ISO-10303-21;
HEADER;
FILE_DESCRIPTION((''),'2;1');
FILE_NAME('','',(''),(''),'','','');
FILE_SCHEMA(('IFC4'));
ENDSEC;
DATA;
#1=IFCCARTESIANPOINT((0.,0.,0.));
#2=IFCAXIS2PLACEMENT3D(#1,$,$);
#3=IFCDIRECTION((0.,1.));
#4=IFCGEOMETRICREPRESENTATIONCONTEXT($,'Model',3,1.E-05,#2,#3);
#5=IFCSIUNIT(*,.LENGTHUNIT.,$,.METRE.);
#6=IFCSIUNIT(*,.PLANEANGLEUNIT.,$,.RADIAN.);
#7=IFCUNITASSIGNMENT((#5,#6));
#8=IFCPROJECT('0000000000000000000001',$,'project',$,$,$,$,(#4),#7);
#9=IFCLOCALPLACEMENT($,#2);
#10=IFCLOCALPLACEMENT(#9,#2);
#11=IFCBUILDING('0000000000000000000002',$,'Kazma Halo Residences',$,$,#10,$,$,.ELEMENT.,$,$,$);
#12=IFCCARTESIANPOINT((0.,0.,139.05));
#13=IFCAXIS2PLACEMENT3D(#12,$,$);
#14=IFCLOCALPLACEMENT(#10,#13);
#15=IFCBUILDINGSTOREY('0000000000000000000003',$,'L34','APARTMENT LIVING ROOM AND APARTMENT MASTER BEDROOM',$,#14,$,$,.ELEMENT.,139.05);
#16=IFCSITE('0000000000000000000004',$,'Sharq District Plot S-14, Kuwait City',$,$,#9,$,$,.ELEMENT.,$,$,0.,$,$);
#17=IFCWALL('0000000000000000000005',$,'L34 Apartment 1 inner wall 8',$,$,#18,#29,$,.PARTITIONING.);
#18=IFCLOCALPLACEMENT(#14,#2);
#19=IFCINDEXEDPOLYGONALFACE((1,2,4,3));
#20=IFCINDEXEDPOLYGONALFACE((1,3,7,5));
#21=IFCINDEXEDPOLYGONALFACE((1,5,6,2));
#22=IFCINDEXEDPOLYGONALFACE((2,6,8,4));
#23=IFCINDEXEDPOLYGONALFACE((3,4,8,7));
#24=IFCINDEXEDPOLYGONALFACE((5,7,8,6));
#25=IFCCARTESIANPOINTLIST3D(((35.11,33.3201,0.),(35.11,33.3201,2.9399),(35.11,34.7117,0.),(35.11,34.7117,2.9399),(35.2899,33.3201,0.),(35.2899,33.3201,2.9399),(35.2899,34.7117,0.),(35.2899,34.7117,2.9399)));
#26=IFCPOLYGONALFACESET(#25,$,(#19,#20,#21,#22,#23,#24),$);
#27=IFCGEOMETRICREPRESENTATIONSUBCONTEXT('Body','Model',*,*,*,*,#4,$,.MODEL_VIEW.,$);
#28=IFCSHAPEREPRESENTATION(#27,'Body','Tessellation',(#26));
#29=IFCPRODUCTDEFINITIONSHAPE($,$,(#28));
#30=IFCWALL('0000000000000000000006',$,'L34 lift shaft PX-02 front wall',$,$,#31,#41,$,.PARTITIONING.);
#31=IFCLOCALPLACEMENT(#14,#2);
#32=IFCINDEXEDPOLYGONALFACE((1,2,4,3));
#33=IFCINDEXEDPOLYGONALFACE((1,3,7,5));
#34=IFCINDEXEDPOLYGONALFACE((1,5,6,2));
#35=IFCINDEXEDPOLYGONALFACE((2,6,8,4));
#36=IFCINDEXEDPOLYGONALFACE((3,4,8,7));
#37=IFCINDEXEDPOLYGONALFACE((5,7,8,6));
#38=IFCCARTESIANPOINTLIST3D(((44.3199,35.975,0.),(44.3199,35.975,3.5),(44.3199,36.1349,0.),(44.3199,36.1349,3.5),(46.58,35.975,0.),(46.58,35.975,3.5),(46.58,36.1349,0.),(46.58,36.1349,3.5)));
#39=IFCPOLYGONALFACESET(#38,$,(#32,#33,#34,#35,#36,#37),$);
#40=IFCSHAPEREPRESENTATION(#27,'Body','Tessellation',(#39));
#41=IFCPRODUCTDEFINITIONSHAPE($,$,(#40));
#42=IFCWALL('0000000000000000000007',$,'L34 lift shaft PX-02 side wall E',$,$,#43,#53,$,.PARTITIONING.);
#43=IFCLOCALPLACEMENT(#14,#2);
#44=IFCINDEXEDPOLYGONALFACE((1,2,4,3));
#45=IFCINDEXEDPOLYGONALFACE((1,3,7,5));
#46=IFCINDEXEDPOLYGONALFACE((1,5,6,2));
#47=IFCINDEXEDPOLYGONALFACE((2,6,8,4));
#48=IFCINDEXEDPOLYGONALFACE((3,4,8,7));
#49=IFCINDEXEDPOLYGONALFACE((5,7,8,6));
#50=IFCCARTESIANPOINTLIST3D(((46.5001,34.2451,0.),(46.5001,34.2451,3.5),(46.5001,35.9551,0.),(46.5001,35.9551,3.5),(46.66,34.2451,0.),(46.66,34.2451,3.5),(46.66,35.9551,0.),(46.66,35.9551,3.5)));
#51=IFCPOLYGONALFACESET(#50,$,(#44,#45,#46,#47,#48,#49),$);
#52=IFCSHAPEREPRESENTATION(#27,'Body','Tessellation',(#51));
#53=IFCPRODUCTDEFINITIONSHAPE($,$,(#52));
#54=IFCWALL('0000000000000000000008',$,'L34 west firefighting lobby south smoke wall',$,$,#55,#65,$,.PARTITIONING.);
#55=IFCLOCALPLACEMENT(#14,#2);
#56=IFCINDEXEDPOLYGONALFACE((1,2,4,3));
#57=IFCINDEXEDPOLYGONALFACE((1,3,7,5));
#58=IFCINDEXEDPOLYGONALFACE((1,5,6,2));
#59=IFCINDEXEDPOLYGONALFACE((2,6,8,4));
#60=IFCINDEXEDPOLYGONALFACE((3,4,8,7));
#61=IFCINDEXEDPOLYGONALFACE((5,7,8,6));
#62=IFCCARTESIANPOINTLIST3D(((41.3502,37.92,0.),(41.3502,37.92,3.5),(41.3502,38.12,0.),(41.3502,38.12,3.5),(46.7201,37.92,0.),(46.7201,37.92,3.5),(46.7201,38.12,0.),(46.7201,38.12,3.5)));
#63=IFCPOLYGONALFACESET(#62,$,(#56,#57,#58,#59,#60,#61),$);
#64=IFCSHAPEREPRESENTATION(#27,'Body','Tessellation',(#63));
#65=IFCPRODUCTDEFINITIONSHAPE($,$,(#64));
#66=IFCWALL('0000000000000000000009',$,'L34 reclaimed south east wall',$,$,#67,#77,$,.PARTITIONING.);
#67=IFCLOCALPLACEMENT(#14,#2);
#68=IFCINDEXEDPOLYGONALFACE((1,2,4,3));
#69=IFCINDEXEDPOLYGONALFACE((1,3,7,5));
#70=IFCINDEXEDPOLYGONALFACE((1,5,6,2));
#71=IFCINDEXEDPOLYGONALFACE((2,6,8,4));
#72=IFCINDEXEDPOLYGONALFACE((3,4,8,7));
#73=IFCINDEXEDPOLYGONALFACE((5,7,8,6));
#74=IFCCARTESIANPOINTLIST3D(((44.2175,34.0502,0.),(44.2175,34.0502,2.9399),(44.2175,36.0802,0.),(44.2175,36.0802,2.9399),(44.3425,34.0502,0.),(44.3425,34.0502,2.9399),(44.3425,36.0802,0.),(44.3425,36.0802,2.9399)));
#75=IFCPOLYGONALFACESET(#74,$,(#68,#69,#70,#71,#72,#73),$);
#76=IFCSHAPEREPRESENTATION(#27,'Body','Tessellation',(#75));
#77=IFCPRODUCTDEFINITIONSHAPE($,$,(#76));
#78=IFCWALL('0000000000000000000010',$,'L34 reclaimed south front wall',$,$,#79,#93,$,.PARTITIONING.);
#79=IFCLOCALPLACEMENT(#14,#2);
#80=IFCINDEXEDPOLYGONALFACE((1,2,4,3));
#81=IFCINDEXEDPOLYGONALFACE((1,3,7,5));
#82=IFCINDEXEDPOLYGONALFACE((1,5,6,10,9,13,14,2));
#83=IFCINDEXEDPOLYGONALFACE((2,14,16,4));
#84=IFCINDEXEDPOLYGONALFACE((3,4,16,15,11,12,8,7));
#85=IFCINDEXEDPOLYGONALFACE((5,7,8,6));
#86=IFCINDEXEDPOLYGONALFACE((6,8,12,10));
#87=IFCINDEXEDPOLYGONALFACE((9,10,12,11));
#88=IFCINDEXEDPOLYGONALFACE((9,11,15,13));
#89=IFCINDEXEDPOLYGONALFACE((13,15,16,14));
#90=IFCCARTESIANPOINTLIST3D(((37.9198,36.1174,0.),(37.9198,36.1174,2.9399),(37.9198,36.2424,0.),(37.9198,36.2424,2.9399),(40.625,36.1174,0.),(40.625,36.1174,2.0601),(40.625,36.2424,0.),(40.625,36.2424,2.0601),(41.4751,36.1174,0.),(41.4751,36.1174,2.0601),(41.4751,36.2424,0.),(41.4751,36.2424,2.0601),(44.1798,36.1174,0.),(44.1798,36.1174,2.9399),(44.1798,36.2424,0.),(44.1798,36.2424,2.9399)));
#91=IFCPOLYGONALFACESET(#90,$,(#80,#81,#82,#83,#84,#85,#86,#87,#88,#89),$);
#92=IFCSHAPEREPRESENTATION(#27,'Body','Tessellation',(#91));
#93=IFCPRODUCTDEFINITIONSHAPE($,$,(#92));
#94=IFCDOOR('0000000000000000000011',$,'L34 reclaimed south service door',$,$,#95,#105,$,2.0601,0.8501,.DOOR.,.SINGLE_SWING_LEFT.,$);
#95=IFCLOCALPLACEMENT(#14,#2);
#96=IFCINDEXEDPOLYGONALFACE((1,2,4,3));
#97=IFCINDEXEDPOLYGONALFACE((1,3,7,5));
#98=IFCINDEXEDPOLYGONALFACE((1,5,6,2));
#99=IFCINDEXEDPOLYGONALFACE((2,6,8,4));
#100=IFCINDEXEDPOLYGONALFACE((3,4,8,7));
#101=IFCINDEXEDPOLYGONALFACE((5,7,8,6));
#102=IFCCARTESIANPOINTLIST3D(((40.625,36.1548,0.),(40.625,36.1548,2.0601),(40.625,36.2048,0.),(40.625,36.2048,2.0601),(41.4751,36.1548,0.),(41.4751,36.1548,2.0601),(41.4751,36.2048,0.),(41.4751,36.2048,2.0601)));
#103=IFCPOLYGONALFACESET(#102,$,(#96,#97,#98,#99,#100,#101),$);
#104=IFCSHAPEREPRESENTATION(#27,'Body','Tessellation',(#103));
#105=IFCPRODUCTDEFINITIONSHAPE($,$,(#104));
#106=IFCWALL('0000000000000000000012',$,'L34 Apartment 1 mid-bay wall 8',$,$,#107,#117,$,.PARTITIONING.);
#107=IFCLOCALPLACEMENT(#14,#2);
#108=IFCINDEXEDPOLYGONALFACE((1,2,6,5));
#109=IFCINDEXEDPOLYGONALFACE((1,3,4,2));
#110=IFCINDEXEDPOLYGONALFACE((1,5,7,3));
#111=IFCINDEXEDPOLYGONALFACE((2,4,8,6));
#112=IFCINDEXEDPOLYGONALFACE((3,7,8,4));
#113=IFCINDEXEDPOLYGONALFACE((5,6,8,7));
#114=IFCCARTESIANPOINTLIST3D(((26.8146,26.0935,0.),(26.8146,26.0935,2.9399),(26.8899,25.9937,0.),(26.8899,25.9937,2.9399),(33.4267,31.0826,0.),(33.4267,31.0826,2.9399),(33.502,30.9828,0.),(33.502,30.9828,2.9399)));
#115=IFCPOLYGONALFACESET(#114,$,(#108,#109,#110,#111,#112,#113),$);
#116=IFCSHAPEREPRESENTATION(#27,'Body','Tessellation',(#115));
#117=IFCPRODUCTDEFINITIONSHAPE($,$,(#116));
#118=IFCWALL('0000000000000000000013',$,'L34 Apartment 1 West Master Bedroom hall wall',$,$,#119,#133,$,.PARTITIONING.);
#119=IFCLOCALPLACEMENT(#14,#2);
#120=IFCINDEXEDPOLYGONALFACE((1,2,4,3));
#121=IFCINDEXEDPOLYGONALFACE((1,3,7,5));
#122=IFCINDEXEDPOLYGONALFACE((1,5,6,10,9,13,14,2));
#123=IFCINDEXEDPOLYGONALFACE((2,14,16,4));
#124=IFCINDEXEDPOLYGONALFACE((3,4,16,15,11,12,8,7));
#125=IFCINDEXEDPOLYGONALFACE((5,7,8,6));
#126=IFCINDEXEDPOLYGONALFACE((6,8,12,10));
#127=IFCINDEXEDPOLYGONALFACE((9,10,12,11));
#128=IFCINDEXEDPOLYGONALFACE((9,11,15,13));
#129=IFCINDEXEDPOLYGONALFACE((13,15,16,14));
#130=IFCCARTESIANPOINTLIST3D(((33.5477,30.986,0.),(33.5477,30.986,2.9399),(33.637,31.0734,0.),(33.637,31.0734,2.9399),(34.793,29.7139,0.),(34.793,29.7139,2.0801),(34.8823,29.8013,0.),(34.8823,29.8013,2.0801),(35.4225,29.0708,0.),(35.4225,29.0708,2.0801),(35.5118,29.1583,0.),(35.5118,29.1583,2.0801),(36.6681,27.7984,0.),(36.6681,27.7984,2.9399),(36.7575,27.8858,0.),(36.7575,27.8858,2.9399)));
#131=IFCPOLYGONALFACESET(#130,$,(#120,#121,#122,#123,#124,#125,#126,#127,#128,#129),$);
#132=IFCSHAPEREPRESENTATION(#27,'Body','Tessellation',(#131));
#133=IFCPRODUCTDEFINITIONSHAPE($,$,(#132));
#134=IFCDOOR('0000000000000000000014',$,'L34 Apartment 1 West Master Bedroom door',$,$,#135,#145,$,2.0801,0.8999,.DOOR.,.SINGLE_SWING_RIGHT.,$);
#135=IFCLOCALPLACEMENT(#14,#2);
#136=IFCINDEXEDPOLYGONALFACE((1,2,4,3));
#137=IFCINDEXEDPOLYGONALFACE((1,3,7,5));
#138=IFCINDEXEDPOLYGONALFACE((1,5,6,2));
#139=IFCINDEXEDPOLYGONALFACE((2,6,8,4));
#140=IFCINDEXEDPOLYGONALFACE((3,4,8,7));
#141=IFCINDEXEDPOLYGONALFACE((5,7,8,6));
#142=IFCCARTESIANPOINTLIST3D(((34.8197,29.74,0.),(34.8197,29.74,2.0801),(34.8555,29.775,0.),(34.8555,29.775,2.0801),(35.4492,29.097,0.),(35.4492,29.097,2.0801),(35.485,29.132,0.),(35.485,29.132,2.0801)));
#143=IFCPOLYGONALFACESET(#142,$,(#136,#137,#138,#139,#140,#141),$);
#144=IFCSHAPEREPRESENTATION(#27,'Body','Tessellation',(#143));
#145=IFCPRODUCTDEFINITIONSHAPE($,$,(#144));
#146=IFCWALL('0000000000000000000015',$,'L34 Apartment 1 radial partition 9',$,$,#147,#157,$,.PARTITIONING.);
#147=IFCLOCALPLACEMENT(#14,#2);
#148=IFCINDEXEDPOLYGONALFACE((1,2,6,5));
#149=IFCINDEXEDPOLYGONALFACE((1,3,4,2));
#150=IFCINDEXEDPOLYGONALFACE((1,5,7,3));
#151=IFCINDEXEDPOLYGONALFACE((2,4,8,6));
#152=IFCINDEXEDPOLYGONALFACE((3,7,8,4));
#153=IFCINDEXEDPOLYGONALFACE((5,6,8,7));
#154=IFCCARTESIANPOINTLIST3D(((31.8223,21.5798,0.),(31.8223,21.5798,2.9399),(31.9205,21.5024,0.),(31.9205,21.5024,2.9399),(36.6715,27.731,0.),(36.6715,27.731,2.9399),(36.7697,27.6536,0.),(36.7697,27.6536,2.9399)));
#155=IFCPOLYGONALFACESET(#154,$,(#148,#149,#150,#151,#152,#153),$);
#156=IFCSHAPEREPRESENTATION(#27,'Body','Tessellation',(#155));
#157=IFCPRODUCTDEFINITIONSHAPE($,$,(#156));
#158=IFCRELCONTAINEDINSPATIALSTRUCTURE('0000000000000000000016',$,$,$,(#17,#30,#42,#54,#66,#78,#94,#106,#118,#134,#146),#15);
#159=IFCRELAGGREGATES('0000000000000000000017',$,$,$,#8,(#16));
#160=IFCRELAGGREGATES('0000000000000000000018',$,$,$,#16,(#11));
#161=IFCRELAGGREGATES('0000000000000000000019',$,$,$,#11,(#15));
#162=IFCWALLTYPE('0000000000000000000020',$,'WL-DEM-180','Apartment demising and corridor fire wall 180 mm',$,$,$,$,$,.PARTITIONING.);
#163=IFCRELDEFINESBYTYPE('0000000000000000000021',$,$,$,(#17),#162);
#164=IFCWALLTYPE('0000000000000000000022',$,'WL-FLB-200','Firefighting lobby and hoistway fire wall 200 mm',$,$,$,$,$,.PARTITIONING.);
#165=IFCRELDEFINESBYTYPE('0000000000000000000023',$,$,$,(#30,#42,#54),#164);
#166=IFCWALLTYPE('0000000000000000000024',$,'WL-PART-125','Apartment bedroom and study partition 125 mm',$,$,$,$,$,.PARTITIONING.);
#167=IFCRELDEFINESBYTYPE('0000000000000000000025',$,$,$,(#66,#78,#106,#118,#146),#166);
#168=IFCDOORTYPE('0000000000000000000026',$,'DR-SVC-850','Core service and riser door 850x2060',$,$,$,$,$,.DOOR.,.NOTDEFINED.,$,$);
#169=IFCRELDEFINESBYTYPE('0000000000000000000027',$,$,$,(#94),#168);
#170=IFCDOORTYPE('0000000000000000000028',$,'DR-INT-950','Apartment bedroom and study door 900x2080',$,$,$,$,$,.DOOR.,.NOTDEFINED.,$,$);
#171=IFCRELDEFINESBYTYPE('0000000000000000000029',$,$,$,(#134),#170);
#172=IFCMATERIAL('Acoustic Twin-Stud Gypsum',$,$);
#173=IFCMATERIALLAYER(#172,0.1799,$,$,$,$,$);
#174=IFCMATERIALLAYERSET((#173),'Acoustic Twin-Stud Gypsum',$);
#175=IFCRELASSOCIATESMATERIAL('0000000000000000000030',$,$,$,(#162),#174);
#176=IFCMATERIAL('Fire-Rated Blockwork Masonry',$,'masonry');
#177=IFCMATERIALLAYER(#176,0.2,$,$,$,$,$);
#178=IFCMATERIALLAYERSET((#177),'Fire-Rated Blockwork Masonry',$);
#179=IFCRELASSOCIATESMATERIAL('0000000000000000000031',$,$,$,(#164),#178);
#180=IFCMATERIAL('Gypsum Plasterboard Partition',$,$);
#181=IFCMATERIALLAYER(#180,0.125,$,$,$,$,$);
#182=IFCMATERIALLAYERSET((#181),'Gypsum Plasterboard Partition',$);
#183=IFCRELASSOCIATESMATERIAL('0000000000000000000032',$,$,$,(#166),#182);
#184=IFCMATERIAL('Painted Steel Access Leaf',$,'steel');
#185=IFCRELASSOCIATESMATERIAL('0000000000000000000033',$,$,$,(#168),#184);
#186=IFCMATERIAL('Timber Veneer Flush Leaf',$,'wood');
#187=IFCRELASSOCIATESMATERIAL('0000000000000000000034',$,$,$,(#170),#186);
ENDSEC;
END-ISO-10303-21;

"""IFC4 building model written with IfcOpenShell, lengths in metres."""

from ifc_helpers import new_model, si_unit, direction, frame, frame_2d, origin, place, context, subcontext, project, spatial, rectangle, extrude, material, layer, layer_set, type_object, element, fill, save


model = new_model("IFC4")

# Units and contexts
model_context = context("Model", 3, precision=1e-05, world=origin(), true_north=direction((0.0, 1.0)))
body_context = subcontext(model_context, "Body", "Model", "MODEL_VIEW")
ifc_project = project(units=[si_unit("LENGTHUNIT", "METRE"), si_unit("PLANEANGLEUNIT", "RADIAN")], contexts=[model_context])

# Site, building, storey
site_placement = place(None, origin())
site = spatial("IfcSite", under=ifc_project, at=site_placement, Name="Sharq District Plot S-14, Kuwait City", CompositionType="ELEMENT", RefElevation=0.0)
building_placement = place(site_placement, origin())
building = spatial("IfcBuilding", under=site, at=building_placement, Name="Kazma Halo Residences", CompositionType="ELEMENT")
storey_placement = place(building_placement, frame((0.0, 0.0, 139.05)))
storey = spatial("IfcBuildingStorey", under=building, at=storey_placement, Name="L34", Description="APARTMENT LIVING ROOM AND APARTMENT MASTER BEDROOM", CompositionType="ELEMENT", Elevation=139.05)

# Walls
ifc_material_1 = material(Name="Acoustic Twin-Stud Gypsum")
ifc_layer_1 = layer(ifc_material_1, 0.1799)
ifc_layer_set_1 = layer_set([ifc_layer_1], Name="Acoustic Twin-Stud Gypsum")
wall_type_1 = type_object("IfcWallType", Name="WL-DEM-180", Description="Apartment demising and corridor fire wall 180 mm", PredefinedType="PARTITIONING", material=ifc_layer_set_1)
wall_1_placement = place(storey_placement, frame((35.2, 34.7117, 0.0), z_axis=(0.0, 0.0, 1.0), x_axis=(0.0, -1.0, 0.0)))
element("IfcWall", 1, at=wall_1_placement, inside=storey, type_object=wall_type_1, Name="L34 Apartment 1 inner wall 8", PredefinedType="PARTITIONING", context=body_context, shape_type="SweptSolid", body=[
    extrude(rectangle(XDim=1.3916, YDim=0.1799, at=frame_2d((0.6958, 0.0))), origin(), (0.0, 0.0, 1.0), 2.9399),
])
ifc_material_2 = material(Name="Fire-Rated Blockwork Masonry", Category="masonry")
ifc_layer_2 = layer(ifc_material_2, 0.2)
ifc_layer_set_2 = layer_set([ifc_layer_2], Name="Fire-Rated Blockwork Masonry")
wall_type_2 = type_object("IfcWallType", Name="WL-FLB-200", Description="Firefighting lobby and hoistway fire wall 200 mm", PredefinedType="PARTITIONING", material=ifc_layer_set_2)
wall_2_placement = place(storey_placement, frame((44.3201, 36.0549, 0.0), z_axis=(0.0, 0.0, 1.0), x_axis=(1.0, 0.0, 0.0)))
element("IfcWall", 2, at=wall_2_placement, inside=storey, type_object=wall_type_2, Name="L34 lift shaft PX-02 front wall", PredefinedType="PARTITIONING", context=body_context, shape_type="SweptSolid", body=[
    extrude(rectangle(XDim=2.26, YDim=0.1599, at=frame_2d((1.1299, 0.0))), origin(), (0.0, 0.0, 1.0), 3.5),
])
wall_3_placement = place(storey_placement, frame((46.5801, 34.2451, 0.0), z_axis=(0.0, 0.0, 1.0), x_axis=(0.0, 1.0, 0.0)))
element("IfcWall", 3, at=wall_3_placement, inside=storey, type_object=wall_type_2, Name="L34 lift shaft PX-02 side wall E", PredefinedType="PARTITIONING", context=body_context, shape_type="SweptSolid", body=[
    extrude(rectangle(XDim=1.71, YDim=0.1599, at=frame_2d((0.855, 0.0))), origin(), (0.0, 0.0, 1.0), 3.5),
])
wall_4_placement = place(storey_placement, frame((41.3501, 38.02, 0.0), z_axis=(0.0, 0.0, 1.0), x_axis=(1.0, 0.0, 0.0)))
element("IfcWall", 4, at=wall_4_placement, inside=storey, type_object=wall_type_2, Name="L34 west firefighting lobby south smoke wall", PredefinedType="PARTITIONING", context=body_context, shape_type="SweptSolid", body=[
    extrude(rectangle(XDim=5.3699, YDim=0.2, at=frame_2d((2.6851, 0.0))), origin(), (0.0, 0.0, 1.0), 3.5),
])
ifc_material_3 = material(Name="Gypsum Plasterboard Partition")
ifc_layer_3 = layer(ifc_material_3, 0.125)
ifc_layer_set_3 = layer_set([ifc_layer_3], Name="Gypsum Plasterboard Partition")
wall_type_3 = type_object("IfcWallType", Name="WL-PART-125", Description="Apartment bedroom and study partition 125 mm", PredefinedType="PARTITIONING", material=ifc_layer_set_3)
wall_5_placement = place(storey_placement, frame((44.28, 34.05, 0.0), z_axis=(0.0, 0.0, 1.0), x_axis=(0.0, 1.0, 0.0)))
element("IfcWall", 5, at=wall_5_placement, inside=storey, type_object=wall_type_3, Name="L34 reclaimed south east wall", PredefinedType="PARTITIONING", context=body_context, shape_type="SweptSolid", body=[
    extrude(rectangle(XDim=2.03, YDim=0.125, at=frame_2d((1.0151, 0.0))), origin(), (0.0, 0.0, 1.0), 2.9399),
])

# Wall, opening, door
wall_6_placement = place(storey_placement, frame((37.9199, 36.1799, 0.0), z_axis=(0.0, 0.0, 1.0), x_axis=(1.0, 0.0, 0.0)))
wall_6 = element("IfcWall", 6, at=wall_6_placement, inside=storey, type_object=wall_type_3, Name="L34 reclaimed south front wall", PredefinedType="PARTITIONING", context=body_context, shape_type="SweptSolid", body=[
    extrude(rectangle(XDim=6.26, YDim=0.125, at=frame_2d((3.1299, 0.0))), origin(), (0.0, 0.0, 1.0), 2.9399),
])
opening_1_placement = place(wall_6_placement, frame((2.7051, 0.0, 0.0)))
opening_1 = element("IfcOpeningElement", 7, at=opening_1_placement, cuts=wall_6, PredefinedType="OPENING", context=body_context, shape_type="SweptSolid", body=[
    extrude(rectangle(XDim=0.8501, YDim=2.0601, at=frame_2d((0.425, 1.03))), frame((0.0, 0.0725, 0.0), z_axis=(0.0, -1.0, 0.0), x_axis=(1.0, 0.0, 0.0)), (0.0, 0.0, 1.0), 0.145),
])
ifc_material_4 = material(Name="Painted Steel Access Leaf", Category="steel")
door_type_1 = type_object("IfcDoorType", Name="DR-SVC-850", Description="Core service and riser door 850x2060", OperationType="NOTDEFINED", PredefinedType="DOOR", material=ifc_material_4)
door_1_placement = place(opening_1_placement, origin())
door_1 = element("IfcDoor", 8, at=door_1_placement, inside=storey, type_object=door_type_1, Name="L34 reclaimed south service door", OperationType="SINGLE_SWING_LEFT", OverallHeight=2.0601, OverallWidth=0.8501, PredefinedType="DOOR", context=body_context, shape_type="SweptSolid", body=[
    extrude(rectangle(XDim=0.8501, YDim=2.0601, at=frame_2d((0.425, 1.03))), frame((0.0, 0.0249, 0.0), z_axis=(0.0, -1.0, 0.0), x_axis=(1.0, 0.0, 0.0)), (0.0, 0.0, 1.0), 0.05),
])
fill(opening_1, door_1)

# Wall
wall_7_placement = place(storey_placement, frame((33.4644, 31.0327, 0.0), z_axis=(0.0, 0.0, 1.0), x_axis=(-0.79826, -0.602313, 0.0)))
element("IfcWall", 9, at=wall_7_placement, inside=storey, type_object=wall_type_3, Name="L34 Apartment 1 mid-bay wall 8", PredefinedType="PARTITIONING", context=body_context, shape_type="SweptSolid", body=[
    extrude(rectangle(XDim=8.2832, YDim=0.125, at=frame_2d((4.1416, 0.0))), origin(), (0.0, 0.0, 1.0), 2.9399),
])

# Wall, opening, door
wall_8_placement = place(storey_placement, frame((33.5923, 31.0298, 0.0), z_axis=(0.0, 0.0, 1.0), x_axis=(0.699541, -0.714593, 0.0)))
wall_8 = element("IfcWall", 10, at=wall_8_placement, inside=storey, type_object=wall_type_3, Name="L34 Apartment 1 West Master Bedroom hall wall", PredefinedType="PARTITIONING", context=body_context, shape_type="SweptSolid", body=[
    extrude(rectangle(XDim=4.4607, YDim=0.125, at=frame_2d((2.2305, 0.0))), origin(), (0.0, 0.0, 1.0), 2.9399),
])
opening_2_placement = place(wall_8_placement, frame((1.7803, 0.0, 0.0)))
opening_2 = element("IfcOpeningElement", 11, at=opening_2_placement, cuts=wall_8, PredefinedType="OPENING", context=body_context, shape_type="SweptSolid", body=[
    extrude(rectangle(XDim=0.8999, YDim=2.0801, at=frame_2d((0.45, 1.04))), frame((0.0, 0.0725, 0.0), z_axis=(0.0, -1.0, 0.0), x_axis=(1.0, 0.0, 0.0)), (0.0, 0.0, 1.0), 0.145),
])
ifc_material_5 = material(Name="Timber Veneer Flush Leaf", Category="wood")
door_type_2 = type_object("IfcDoorType", Name="DR-INT-950", Description="Apartment bedroom and study door 900x2080", OperationType="NOTDEFINED", PredefinedType="DOOR", material=ifc_material_5)
door_2_placement = place(opening_2_placement, origin())
door_2 = element("IfcDoor", 12, at=door_2_placement, inside=storey, type_object=door_type_2, Name="L34 Apartment 1 West Master Bedroom door", OperationType="SINGLE_SWING_RIGHT", OverallHeight=2.0801, OverallWidth=0.8999, PredefinedType="DOOR", context=body_context, shape_type="SweptSolid", body=[
    extrude(rectangle(XDim=0.8999, YDim=2.0801, at=frame_2d((0.45, 1.04))), frame((0.0, 0.0249, 0.0), z_axis=(0.0, -1.0, 0.0), x_axis=(1.0, 0.0, 0.0)), (0.0, 0.0, 1.0), 0.05),
])
fill(opening_2, door_2)

# Wall
wall_9_placement = place(storey_placement, frame((36.7207, 27.6924, 0.0), z_axis=(0.0, 0.0, 1.0), x_axis=(-0.619091, -0.785319, 0.0)))
element("IfcWall", 13, at=wall_9_placement, inside=storey, type_object=wall_type_3, Name="L34 Apartment 1 radial partition 9", PredefinedType="PARTITIONING", context=body_context, shape_type="SweptSolid", body=[
    extrude(rectangle(XDim=7.8328, YDim=0.125, at=frame_2d((3.9165, 0.0))), origin(), (0.0, 0.0, 1.0), 2.9399),
])

save(model, "model.ifc")
